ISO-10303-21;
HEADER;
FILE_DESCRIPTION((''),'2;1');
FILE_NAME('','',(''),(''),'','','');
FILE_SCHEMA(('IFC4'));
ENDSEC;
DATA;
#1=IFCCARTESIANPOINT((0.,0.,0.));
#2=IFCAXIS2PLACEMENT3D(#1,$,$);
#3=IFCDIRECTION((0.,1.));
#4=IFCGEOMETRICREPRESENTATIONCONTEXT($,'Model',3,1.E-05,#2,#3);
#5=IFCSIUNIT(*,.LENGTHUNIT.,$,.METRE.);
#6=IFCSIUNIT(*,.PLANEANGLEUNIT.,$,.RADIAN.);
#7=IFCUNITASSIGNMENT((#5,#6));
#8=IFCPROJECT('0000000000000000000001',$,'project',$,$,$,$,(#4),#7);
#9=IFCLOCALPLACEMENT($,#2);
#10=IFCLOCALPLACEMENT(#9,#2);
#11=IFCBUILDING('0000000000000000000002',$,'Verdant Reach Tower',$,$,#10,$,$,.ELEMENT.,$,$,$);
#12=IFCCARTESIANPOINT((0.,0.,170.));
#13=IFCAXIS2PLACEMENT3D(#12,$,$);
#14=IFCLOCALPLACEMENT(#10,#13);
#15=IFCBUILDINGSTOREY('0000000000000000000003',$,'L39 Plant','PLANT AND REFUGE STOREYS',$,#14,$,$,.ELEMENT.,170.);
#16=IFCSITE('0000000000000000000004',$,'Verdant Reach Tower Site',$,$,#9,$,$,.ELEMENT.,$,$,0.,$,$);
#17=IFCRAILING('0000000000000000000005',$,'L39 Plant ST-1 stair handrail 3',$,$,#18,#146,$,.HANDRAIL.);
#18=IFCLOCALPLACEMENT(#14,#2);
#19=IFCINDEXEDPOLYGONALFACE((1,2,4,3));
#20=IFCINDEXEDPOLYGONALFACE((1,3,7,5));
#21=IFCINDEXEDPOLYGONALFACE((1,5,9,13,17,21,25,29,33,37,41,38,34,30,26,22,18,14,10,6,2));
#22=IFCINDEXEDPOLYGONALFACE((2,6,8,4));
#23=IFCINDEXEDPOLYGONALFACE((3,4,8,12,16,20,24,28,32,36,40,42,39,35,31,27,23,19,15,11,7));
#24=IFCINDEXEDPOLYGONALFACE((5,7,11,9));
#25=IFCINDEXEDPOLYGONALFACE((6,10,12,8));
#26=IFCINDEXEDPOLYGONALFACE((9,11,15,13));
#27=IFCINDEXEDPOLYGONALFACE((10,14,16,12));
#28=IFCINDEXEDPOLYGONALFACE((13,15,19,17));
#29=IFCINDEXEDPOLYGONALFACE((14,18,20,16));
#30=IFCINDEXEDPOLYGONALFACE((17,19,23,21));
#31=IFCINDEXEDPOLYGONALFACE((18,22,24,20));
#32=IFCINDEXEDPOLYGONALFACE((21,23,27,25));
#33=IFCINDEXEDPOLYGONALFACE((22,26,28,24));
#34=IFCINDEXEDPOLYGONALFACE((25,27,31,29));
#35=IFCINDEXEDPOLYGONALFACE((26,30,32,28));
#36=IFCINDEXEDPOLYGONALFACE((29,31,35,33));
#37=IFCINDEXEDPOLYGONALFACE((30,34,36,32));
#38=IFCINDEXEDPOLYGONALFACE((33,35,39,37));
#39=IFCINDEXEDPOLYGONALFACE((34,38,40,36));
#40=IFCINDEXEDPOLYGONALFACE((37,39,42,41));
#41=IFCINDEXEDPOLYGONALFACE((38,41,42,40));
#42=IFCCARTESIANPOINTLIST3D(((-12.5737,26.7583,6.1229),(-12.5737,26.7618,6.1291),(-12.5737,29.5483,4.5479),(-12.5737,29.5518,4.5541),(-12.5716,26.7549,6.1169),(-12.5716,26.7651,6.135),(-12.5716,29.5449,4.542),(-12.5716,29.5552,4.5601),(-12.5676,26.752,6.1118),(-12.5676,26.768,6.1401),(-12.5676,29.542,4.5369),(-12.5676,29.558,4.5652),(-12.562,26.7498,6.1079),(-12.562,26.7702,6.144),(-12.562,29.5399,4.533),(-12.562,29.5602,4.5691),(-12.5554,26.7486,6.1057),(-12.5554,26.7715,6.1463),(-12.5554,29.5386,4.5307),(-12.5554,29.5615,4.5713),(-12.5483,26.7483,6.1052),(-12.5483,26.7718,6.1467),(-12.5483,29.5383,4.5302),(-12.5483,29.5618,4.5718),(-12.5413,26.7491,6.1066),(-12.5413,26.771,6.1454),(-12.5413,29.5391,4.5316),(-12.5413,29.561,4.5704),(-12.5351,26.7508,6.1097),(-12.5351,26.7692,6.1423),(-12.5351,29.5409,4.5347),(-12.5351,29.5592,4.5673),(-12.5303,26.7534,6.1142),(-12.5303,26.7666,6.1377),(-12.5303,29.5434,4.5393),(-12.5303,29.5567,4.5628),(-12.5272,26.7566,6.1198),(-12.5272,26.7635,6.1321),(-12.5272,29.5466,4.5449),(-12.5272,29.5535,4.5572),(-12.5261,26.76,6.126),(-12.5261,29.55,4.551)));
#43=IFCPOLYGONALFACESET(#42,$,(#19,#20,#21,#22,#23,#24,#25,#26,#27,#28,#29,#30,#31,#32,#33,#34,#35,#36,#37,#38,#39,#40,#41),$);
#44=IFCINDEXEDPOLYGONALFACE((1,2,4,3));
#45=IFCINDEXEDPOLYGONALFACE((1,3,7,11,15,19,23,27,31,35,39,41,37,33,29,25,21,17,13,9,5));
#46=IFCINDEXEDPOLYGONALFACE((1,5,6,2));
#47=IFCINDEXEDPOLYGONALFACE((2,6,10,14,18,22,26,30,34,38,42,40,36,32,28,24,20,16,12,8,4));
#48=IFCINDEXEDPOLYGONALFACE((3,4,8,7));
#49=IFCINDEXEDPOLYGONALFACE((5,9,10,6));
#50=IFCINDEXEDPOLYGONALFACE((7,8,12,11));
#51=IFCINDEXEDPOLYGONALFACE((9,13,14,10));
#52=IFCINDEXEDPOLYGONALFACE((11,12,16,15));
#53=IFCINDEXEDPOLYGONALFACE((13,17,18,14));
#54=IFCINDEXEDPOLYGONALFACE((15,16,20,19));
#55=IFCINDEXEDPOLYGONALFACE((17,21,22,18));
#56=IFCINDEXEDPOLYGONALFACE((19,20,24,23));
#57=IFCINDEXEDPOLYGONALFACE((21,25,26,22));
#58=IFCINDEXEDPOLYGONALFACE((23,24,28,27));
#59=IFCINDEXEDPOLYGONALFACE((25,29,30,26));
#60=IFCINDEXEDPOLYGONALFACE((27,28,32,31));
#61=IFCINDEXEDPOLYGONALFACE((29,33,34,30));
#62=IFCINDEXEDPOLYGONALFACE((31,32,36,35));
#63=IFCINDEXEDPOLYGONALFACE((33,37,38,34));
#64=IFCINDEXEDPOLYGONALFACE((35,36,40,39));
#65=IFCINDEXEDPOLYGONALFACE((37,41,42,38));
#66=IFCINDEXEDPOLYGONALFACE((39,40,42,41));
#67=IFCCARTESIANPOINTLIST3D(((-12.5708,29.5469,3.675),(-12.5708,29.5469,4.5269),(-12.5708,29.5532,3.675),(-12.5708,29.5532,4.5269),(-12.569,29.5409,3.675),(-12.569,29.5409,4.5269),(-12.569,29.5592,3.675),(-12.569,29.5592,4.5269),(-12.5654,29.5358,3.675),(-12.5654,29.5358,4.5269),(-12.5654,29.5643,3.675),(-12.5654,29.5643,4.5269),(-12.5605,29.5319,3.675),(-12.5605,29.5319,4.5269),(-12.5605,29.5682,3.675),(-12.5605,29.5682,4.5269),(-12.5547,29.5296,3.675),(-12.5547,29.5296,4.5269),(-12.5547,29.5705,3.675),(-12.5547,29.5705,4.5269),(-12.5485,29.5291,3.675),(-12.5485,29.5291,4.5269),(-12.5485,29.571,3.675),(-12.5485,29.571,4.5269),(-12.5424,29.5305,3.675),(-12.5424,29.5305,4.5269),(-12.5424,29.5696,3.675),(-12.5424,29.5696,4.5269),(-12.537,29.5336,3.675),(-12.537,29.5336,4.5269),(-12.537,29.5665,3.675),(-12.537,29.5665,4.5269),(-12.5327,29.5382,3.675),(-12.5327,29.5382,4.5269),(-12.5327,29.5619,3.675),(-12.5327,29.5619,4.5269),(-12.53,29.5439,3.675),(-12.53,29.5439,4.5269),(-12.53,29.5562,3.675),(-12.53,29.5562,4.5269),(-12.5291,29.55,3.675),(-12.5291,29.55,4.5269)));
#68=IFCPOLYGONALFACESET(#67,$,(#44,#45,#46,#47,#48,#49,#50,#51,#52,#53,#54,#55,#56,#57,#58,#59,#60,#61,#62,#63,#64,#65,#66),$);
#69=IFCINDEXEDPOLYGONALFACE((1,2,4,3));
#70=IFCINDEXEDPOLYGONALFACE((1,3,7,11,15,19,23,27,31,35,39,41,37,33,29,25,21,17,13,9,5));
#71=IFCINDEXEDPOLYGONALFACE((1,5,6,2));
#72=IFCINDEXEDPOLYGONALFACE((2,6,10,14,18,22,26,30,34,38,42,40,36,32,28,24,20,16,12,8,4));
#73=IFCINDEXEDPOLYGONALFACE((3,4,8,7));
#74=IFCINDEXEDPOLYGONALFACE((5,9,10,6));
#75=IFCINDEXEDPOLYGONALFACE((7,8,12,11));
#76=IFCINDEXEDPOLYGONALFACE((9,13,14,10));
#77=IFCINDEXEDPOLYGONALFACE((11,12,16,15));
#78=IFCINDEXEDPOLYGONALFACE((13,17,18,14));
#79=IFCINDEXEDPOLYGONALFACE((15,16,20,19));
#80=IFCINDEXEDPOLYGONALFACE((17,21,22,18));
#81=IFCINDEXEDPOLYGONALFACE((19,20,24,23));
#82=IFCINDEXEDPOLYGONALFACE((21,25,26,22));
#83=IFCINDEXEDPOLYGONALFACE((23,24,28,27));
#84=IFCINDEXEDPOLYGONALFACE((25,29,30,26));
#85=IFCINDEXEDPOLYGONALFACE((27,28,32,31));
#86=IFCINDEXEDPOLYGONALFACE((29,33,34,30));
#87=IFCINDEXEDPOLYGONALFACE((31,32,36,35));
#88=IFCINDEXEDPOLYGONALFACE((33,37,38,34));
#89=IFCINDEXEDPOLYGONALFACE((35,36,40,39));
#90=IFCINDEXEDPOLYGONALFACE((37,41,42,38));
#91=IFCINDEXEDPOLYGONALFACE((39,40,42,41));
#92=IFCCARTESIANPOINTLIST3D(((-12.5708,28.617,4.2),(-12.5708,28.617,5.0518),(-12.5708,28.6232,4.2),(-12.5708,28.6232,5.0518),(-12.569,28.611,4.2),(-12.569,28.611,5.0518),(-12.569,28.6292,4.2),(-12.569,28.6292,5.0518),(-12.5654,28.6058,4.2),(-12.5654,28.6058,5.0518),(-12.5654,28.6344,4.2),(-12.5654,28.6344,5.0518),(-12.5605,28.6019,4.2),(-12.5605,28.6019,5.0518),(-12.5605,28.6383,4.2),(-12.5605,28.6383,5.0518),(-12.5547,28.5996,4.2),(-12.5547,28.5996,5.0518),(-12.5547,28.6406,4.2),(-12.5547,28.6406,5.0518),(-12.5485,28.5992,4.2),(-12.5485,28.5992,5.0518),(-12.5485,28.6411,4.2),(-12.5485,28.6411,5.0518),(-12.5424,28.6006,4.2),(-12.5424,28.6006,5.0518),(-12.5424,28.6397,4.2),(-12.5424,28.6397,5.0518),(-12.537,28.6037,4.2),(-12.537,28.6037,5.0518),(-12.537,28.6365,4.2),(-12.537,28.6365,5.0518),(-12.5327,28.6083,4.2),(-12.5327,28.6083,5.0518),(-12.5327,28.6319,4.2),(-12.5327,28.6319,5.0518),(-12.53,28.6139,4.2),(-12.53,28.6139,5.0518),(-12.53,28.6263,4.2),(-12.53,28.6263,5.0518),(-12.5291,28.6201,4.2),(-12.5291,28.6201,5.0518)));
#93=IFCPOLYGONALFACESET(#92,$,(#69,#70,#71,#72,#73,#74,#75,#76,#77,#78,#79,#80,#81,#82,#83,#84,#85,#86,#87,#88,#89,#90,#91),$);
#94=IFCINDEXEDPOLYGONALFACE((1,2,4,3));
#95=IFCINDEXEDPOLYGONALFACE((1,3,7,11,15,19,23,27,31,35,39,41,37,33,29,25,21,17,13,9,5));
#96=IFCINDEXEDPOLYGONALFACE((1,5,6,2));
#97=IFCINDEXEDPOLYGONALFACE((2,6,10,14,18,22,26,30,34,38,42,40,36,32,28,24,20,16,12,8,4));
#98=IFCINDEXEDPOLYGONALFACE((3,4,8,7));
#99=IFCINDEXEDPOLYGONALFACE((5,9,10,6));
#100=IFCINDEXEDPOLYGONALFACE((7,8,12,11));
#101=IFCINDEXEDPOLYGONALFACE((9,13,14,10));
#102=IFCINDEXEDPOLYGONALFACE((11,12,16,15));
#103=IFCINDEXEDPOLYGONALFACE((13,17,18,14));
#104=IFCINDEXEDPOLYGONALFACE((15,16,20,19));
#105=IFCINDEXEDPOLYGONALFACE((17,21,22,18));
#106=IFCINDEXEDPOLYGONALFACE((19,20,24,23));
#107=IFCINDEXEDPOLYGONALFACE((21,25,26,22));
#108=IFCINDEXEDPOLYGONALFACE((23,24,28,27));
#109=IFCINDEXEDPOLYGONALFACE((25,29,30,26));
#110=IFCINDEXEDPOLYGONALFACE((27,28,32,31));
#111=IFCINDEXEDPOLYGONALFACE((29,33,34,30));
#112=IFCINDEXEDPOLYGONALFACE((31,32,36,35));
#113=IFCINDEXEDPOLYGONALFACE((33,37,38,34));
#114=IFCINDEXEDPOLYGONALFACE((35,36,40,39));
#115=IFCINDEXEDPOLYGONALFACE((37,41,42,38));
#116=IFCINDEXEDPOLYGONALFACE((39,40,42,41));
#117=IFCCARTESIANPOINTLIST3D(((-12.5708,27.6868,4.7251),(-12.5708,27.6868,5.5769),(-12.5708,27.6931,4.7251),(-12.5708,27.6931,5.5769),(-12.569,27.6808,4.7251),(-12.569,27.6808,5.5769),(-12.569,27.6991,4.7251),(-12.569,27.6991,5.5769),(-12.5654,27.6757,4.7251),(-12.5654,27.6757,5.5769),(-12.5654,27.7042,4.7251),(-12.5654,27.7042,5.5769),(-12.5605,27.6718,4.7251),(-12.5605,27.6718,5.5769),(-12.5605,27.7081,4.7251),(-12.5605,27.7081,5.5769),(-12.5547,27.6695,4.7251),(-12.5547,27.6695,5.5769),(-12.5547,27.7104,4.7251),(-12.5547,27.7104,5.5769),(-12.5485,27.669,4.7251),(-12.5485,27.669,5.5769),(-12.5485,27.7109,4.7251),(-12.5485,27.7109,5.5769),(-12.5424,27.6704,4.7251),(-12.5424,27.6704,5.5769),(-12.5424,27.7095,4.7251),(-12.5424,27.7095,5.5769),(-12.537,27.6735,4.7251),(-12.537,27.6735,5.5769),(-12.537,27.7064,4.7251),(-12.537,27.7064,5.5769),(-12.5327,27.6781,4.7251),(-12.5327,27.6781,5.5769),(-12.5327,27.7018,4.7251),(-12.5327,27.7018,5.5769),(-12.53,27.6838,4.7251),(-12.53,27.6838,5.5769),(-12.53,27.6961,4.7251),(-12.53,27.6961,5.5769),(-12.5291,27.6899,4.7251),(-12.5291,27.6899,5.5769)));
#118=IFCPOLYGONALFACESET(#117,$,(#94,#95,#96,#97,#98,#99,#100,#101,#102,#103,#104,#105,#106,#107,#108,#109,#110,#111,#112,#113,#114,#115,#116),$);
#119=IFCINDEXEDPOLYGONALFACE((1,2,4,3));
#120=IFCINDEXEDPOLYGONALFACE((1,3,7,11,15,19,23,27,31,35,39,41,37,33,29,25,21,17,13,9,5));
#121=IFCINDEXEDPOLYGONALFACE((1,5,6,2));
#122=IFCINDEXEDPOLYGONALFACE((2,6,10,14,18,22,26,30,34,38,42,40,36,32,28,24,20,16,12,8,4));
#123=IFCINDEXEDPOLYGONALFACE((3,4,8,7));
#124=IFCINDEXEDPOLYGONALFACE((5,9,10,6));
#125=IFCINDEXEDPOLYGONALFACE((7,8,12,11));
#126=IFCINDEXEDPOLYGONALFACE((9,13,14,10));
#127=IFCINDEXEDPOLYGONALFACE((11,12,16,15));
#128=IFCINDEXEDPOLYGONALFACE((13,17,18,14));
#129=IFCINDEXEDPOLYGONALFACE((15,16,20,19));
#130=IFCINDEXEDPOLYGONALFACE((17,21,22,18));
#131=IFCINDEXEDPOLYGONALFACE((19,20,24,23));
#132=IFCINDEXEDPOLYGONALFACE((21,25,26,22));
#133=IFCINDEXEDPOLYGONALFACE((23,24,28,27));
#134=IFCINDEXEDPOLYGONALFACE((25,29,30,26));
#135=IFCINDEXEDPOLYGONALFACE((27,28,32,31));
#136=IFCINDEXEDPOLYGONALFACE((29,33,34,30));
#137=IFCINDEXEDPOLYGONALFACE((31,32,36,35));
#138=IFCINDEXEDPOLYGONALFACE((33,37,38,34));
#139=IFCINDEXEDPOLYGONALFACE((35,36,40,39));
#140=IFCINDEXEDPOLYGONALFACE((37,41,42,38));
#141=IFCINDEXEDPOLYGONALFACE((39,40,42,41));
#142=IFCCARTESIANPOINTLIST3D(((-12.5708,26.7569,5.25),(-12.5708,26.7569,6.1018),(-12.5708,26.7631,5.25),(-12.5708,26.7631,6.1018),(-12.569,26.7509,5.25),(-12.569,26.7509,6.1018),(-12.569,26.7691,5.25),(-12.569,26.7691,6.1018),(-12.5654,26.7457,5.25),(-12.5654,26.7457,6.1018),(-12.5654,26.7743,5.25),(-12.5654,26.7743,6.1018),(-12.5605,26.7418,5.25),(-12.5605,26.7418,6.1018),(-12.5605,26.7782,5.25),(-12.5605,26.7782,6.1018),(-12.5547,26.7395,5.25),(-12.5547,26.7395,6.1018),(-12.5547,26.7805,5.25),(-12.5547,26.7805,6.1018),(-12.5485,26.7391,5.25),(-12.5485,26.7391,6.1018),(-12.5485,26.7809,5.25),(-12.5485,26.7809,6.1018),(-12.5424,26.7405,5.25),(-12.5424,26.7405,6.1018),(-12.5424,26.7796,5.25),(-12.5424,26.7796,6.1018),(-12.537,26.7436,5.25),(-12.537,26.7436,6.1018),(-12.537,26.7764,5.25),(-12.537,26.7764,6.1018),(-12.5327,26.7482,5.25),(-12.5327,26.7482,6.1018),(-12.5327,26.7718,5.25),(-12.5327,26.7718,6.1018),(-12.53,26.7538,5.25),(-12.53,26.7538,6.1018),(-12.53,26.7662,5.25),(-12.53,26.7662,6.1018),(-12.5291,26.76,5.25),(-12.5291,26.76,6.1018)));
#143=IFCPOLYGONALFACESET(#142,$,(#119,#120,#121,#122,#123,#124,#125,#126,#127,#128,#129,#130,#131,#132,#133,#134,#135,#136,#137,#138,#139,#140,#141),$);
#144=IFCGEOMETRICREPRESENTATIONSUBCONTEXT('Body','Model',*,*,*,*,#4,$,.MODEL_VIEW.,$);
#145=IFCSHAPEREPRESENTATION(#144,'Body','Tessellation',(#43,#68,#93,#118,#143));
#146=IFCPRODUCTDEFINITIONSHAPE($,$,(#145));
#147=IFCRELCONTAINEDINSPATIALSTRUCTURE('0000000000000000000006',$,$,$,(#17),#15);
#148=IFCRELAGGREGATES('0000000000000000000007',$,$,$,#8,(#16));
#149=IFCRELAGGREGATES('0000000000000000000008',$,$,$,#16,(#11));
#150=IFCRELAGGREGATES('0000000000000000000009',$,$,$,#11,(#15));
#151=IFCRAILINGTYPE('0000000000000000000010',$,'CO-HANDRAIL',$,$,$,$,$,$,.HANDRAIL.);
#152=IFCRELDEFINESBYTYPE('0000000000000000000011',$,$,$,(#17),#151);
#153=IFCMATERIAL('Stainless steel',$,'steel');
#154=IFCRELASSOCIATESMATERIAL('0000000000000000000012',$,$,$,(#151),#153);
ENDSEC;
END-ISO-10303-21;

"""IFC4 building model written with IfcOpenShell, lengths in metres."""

from ifc_helpers import new_model, si_unit, direction, frame, origin, origin_2d, place, context, subcontext, project, spatial, circle, extrude, material, type_object, element, save


model = new_model("IFC4")

# Units and contexts
model_context = context("Model", 3, precision=1e-05, world=origin(), true_north=direction((0.0, 1.0)))
body_context = subcontext(model_context, "Body", "Model", "MODEL_VIEW")
ifc_project = project(units=[si_unit("LENGTHUNIT", "METRE"), si_unit("PLANEANGLEUNIT", "RADIAN")], contexts=[model_context])

# Site, building, storey
site_placement = place(None, origin())
site = spatial("IfcSite", under=ifc_project, at=site_placement, Name="Verdant Reach Tower Site", CompositionType="ELEMENT", RefElevation=0.0)
building_placement = place(site_placement, origin())
building = spatial("IfcBuilding", under=site, at=building_placement, Name="Verdant Reach Tower", CompositionType="ELEMENT")
storey_placement = place(building_placement, frame((0.0, 0.0, 170.0)))
storey = spatial("IfcBuildingStorey", under=building, at=storey_placement, Name="L39 Plant", Description="PLANT AND REFUGE STOREYS", CompositionType="ELEMENT", Elevation=170.0)

# Shared definitions
ifc_material_1 = material(Name="Stainless steel", Category="steel")

# Railing
railing_type_1 = type_object("IfcRailingType", Name="CO-HANDRAIL", PredefinedType="HANDRAIL", material=ifc_material_1)
railing_1_placement = place(storey_placement, frame((-12.55, 29.55, 3.675)))
element("IfcRailing", 1, at=railing_1_placement, inside=storey, type_object=railing_type_1, Name="L39 Plant ST-1 stair handrail 3", PredefinedType="HANDRAIL", context=body_context, shape_type="SweptSolid", body=[
    extrude(circle(Radius=0.0239, at=origin_2d()), frame((0.0, 0.0, 0.876), z_axis=(0.0, -0.870834, 0.491578), x_axis=(1.0, 0.0, 0.0)), (0.0, 0.0, 1.0), 3.2039),
    extrude(circle(Radius=0.021, at=origin_2d()), origin(), (0.0, 0.0, 1.0), 0.8518),
    extrude(circle(Radius=0.021, at=origin_2d()), frame((0.0, -0.9299, 0.5249)), (0.0, 0.0, 1.0), 0.8518),
    extrude(circle(Radius=0.021, at=origin_2d()), frame((0.0, -1.8601, 1.05)), (0.0, 0.0, 1.0), 0.8518),
    extrude(circle(Radius=0.021, at=origin_2d()), frame((0.0, -2.79, 1.575)), (0.0, 0.0, 1.0), 0.8518),
])

save(model, "model.ifc")
